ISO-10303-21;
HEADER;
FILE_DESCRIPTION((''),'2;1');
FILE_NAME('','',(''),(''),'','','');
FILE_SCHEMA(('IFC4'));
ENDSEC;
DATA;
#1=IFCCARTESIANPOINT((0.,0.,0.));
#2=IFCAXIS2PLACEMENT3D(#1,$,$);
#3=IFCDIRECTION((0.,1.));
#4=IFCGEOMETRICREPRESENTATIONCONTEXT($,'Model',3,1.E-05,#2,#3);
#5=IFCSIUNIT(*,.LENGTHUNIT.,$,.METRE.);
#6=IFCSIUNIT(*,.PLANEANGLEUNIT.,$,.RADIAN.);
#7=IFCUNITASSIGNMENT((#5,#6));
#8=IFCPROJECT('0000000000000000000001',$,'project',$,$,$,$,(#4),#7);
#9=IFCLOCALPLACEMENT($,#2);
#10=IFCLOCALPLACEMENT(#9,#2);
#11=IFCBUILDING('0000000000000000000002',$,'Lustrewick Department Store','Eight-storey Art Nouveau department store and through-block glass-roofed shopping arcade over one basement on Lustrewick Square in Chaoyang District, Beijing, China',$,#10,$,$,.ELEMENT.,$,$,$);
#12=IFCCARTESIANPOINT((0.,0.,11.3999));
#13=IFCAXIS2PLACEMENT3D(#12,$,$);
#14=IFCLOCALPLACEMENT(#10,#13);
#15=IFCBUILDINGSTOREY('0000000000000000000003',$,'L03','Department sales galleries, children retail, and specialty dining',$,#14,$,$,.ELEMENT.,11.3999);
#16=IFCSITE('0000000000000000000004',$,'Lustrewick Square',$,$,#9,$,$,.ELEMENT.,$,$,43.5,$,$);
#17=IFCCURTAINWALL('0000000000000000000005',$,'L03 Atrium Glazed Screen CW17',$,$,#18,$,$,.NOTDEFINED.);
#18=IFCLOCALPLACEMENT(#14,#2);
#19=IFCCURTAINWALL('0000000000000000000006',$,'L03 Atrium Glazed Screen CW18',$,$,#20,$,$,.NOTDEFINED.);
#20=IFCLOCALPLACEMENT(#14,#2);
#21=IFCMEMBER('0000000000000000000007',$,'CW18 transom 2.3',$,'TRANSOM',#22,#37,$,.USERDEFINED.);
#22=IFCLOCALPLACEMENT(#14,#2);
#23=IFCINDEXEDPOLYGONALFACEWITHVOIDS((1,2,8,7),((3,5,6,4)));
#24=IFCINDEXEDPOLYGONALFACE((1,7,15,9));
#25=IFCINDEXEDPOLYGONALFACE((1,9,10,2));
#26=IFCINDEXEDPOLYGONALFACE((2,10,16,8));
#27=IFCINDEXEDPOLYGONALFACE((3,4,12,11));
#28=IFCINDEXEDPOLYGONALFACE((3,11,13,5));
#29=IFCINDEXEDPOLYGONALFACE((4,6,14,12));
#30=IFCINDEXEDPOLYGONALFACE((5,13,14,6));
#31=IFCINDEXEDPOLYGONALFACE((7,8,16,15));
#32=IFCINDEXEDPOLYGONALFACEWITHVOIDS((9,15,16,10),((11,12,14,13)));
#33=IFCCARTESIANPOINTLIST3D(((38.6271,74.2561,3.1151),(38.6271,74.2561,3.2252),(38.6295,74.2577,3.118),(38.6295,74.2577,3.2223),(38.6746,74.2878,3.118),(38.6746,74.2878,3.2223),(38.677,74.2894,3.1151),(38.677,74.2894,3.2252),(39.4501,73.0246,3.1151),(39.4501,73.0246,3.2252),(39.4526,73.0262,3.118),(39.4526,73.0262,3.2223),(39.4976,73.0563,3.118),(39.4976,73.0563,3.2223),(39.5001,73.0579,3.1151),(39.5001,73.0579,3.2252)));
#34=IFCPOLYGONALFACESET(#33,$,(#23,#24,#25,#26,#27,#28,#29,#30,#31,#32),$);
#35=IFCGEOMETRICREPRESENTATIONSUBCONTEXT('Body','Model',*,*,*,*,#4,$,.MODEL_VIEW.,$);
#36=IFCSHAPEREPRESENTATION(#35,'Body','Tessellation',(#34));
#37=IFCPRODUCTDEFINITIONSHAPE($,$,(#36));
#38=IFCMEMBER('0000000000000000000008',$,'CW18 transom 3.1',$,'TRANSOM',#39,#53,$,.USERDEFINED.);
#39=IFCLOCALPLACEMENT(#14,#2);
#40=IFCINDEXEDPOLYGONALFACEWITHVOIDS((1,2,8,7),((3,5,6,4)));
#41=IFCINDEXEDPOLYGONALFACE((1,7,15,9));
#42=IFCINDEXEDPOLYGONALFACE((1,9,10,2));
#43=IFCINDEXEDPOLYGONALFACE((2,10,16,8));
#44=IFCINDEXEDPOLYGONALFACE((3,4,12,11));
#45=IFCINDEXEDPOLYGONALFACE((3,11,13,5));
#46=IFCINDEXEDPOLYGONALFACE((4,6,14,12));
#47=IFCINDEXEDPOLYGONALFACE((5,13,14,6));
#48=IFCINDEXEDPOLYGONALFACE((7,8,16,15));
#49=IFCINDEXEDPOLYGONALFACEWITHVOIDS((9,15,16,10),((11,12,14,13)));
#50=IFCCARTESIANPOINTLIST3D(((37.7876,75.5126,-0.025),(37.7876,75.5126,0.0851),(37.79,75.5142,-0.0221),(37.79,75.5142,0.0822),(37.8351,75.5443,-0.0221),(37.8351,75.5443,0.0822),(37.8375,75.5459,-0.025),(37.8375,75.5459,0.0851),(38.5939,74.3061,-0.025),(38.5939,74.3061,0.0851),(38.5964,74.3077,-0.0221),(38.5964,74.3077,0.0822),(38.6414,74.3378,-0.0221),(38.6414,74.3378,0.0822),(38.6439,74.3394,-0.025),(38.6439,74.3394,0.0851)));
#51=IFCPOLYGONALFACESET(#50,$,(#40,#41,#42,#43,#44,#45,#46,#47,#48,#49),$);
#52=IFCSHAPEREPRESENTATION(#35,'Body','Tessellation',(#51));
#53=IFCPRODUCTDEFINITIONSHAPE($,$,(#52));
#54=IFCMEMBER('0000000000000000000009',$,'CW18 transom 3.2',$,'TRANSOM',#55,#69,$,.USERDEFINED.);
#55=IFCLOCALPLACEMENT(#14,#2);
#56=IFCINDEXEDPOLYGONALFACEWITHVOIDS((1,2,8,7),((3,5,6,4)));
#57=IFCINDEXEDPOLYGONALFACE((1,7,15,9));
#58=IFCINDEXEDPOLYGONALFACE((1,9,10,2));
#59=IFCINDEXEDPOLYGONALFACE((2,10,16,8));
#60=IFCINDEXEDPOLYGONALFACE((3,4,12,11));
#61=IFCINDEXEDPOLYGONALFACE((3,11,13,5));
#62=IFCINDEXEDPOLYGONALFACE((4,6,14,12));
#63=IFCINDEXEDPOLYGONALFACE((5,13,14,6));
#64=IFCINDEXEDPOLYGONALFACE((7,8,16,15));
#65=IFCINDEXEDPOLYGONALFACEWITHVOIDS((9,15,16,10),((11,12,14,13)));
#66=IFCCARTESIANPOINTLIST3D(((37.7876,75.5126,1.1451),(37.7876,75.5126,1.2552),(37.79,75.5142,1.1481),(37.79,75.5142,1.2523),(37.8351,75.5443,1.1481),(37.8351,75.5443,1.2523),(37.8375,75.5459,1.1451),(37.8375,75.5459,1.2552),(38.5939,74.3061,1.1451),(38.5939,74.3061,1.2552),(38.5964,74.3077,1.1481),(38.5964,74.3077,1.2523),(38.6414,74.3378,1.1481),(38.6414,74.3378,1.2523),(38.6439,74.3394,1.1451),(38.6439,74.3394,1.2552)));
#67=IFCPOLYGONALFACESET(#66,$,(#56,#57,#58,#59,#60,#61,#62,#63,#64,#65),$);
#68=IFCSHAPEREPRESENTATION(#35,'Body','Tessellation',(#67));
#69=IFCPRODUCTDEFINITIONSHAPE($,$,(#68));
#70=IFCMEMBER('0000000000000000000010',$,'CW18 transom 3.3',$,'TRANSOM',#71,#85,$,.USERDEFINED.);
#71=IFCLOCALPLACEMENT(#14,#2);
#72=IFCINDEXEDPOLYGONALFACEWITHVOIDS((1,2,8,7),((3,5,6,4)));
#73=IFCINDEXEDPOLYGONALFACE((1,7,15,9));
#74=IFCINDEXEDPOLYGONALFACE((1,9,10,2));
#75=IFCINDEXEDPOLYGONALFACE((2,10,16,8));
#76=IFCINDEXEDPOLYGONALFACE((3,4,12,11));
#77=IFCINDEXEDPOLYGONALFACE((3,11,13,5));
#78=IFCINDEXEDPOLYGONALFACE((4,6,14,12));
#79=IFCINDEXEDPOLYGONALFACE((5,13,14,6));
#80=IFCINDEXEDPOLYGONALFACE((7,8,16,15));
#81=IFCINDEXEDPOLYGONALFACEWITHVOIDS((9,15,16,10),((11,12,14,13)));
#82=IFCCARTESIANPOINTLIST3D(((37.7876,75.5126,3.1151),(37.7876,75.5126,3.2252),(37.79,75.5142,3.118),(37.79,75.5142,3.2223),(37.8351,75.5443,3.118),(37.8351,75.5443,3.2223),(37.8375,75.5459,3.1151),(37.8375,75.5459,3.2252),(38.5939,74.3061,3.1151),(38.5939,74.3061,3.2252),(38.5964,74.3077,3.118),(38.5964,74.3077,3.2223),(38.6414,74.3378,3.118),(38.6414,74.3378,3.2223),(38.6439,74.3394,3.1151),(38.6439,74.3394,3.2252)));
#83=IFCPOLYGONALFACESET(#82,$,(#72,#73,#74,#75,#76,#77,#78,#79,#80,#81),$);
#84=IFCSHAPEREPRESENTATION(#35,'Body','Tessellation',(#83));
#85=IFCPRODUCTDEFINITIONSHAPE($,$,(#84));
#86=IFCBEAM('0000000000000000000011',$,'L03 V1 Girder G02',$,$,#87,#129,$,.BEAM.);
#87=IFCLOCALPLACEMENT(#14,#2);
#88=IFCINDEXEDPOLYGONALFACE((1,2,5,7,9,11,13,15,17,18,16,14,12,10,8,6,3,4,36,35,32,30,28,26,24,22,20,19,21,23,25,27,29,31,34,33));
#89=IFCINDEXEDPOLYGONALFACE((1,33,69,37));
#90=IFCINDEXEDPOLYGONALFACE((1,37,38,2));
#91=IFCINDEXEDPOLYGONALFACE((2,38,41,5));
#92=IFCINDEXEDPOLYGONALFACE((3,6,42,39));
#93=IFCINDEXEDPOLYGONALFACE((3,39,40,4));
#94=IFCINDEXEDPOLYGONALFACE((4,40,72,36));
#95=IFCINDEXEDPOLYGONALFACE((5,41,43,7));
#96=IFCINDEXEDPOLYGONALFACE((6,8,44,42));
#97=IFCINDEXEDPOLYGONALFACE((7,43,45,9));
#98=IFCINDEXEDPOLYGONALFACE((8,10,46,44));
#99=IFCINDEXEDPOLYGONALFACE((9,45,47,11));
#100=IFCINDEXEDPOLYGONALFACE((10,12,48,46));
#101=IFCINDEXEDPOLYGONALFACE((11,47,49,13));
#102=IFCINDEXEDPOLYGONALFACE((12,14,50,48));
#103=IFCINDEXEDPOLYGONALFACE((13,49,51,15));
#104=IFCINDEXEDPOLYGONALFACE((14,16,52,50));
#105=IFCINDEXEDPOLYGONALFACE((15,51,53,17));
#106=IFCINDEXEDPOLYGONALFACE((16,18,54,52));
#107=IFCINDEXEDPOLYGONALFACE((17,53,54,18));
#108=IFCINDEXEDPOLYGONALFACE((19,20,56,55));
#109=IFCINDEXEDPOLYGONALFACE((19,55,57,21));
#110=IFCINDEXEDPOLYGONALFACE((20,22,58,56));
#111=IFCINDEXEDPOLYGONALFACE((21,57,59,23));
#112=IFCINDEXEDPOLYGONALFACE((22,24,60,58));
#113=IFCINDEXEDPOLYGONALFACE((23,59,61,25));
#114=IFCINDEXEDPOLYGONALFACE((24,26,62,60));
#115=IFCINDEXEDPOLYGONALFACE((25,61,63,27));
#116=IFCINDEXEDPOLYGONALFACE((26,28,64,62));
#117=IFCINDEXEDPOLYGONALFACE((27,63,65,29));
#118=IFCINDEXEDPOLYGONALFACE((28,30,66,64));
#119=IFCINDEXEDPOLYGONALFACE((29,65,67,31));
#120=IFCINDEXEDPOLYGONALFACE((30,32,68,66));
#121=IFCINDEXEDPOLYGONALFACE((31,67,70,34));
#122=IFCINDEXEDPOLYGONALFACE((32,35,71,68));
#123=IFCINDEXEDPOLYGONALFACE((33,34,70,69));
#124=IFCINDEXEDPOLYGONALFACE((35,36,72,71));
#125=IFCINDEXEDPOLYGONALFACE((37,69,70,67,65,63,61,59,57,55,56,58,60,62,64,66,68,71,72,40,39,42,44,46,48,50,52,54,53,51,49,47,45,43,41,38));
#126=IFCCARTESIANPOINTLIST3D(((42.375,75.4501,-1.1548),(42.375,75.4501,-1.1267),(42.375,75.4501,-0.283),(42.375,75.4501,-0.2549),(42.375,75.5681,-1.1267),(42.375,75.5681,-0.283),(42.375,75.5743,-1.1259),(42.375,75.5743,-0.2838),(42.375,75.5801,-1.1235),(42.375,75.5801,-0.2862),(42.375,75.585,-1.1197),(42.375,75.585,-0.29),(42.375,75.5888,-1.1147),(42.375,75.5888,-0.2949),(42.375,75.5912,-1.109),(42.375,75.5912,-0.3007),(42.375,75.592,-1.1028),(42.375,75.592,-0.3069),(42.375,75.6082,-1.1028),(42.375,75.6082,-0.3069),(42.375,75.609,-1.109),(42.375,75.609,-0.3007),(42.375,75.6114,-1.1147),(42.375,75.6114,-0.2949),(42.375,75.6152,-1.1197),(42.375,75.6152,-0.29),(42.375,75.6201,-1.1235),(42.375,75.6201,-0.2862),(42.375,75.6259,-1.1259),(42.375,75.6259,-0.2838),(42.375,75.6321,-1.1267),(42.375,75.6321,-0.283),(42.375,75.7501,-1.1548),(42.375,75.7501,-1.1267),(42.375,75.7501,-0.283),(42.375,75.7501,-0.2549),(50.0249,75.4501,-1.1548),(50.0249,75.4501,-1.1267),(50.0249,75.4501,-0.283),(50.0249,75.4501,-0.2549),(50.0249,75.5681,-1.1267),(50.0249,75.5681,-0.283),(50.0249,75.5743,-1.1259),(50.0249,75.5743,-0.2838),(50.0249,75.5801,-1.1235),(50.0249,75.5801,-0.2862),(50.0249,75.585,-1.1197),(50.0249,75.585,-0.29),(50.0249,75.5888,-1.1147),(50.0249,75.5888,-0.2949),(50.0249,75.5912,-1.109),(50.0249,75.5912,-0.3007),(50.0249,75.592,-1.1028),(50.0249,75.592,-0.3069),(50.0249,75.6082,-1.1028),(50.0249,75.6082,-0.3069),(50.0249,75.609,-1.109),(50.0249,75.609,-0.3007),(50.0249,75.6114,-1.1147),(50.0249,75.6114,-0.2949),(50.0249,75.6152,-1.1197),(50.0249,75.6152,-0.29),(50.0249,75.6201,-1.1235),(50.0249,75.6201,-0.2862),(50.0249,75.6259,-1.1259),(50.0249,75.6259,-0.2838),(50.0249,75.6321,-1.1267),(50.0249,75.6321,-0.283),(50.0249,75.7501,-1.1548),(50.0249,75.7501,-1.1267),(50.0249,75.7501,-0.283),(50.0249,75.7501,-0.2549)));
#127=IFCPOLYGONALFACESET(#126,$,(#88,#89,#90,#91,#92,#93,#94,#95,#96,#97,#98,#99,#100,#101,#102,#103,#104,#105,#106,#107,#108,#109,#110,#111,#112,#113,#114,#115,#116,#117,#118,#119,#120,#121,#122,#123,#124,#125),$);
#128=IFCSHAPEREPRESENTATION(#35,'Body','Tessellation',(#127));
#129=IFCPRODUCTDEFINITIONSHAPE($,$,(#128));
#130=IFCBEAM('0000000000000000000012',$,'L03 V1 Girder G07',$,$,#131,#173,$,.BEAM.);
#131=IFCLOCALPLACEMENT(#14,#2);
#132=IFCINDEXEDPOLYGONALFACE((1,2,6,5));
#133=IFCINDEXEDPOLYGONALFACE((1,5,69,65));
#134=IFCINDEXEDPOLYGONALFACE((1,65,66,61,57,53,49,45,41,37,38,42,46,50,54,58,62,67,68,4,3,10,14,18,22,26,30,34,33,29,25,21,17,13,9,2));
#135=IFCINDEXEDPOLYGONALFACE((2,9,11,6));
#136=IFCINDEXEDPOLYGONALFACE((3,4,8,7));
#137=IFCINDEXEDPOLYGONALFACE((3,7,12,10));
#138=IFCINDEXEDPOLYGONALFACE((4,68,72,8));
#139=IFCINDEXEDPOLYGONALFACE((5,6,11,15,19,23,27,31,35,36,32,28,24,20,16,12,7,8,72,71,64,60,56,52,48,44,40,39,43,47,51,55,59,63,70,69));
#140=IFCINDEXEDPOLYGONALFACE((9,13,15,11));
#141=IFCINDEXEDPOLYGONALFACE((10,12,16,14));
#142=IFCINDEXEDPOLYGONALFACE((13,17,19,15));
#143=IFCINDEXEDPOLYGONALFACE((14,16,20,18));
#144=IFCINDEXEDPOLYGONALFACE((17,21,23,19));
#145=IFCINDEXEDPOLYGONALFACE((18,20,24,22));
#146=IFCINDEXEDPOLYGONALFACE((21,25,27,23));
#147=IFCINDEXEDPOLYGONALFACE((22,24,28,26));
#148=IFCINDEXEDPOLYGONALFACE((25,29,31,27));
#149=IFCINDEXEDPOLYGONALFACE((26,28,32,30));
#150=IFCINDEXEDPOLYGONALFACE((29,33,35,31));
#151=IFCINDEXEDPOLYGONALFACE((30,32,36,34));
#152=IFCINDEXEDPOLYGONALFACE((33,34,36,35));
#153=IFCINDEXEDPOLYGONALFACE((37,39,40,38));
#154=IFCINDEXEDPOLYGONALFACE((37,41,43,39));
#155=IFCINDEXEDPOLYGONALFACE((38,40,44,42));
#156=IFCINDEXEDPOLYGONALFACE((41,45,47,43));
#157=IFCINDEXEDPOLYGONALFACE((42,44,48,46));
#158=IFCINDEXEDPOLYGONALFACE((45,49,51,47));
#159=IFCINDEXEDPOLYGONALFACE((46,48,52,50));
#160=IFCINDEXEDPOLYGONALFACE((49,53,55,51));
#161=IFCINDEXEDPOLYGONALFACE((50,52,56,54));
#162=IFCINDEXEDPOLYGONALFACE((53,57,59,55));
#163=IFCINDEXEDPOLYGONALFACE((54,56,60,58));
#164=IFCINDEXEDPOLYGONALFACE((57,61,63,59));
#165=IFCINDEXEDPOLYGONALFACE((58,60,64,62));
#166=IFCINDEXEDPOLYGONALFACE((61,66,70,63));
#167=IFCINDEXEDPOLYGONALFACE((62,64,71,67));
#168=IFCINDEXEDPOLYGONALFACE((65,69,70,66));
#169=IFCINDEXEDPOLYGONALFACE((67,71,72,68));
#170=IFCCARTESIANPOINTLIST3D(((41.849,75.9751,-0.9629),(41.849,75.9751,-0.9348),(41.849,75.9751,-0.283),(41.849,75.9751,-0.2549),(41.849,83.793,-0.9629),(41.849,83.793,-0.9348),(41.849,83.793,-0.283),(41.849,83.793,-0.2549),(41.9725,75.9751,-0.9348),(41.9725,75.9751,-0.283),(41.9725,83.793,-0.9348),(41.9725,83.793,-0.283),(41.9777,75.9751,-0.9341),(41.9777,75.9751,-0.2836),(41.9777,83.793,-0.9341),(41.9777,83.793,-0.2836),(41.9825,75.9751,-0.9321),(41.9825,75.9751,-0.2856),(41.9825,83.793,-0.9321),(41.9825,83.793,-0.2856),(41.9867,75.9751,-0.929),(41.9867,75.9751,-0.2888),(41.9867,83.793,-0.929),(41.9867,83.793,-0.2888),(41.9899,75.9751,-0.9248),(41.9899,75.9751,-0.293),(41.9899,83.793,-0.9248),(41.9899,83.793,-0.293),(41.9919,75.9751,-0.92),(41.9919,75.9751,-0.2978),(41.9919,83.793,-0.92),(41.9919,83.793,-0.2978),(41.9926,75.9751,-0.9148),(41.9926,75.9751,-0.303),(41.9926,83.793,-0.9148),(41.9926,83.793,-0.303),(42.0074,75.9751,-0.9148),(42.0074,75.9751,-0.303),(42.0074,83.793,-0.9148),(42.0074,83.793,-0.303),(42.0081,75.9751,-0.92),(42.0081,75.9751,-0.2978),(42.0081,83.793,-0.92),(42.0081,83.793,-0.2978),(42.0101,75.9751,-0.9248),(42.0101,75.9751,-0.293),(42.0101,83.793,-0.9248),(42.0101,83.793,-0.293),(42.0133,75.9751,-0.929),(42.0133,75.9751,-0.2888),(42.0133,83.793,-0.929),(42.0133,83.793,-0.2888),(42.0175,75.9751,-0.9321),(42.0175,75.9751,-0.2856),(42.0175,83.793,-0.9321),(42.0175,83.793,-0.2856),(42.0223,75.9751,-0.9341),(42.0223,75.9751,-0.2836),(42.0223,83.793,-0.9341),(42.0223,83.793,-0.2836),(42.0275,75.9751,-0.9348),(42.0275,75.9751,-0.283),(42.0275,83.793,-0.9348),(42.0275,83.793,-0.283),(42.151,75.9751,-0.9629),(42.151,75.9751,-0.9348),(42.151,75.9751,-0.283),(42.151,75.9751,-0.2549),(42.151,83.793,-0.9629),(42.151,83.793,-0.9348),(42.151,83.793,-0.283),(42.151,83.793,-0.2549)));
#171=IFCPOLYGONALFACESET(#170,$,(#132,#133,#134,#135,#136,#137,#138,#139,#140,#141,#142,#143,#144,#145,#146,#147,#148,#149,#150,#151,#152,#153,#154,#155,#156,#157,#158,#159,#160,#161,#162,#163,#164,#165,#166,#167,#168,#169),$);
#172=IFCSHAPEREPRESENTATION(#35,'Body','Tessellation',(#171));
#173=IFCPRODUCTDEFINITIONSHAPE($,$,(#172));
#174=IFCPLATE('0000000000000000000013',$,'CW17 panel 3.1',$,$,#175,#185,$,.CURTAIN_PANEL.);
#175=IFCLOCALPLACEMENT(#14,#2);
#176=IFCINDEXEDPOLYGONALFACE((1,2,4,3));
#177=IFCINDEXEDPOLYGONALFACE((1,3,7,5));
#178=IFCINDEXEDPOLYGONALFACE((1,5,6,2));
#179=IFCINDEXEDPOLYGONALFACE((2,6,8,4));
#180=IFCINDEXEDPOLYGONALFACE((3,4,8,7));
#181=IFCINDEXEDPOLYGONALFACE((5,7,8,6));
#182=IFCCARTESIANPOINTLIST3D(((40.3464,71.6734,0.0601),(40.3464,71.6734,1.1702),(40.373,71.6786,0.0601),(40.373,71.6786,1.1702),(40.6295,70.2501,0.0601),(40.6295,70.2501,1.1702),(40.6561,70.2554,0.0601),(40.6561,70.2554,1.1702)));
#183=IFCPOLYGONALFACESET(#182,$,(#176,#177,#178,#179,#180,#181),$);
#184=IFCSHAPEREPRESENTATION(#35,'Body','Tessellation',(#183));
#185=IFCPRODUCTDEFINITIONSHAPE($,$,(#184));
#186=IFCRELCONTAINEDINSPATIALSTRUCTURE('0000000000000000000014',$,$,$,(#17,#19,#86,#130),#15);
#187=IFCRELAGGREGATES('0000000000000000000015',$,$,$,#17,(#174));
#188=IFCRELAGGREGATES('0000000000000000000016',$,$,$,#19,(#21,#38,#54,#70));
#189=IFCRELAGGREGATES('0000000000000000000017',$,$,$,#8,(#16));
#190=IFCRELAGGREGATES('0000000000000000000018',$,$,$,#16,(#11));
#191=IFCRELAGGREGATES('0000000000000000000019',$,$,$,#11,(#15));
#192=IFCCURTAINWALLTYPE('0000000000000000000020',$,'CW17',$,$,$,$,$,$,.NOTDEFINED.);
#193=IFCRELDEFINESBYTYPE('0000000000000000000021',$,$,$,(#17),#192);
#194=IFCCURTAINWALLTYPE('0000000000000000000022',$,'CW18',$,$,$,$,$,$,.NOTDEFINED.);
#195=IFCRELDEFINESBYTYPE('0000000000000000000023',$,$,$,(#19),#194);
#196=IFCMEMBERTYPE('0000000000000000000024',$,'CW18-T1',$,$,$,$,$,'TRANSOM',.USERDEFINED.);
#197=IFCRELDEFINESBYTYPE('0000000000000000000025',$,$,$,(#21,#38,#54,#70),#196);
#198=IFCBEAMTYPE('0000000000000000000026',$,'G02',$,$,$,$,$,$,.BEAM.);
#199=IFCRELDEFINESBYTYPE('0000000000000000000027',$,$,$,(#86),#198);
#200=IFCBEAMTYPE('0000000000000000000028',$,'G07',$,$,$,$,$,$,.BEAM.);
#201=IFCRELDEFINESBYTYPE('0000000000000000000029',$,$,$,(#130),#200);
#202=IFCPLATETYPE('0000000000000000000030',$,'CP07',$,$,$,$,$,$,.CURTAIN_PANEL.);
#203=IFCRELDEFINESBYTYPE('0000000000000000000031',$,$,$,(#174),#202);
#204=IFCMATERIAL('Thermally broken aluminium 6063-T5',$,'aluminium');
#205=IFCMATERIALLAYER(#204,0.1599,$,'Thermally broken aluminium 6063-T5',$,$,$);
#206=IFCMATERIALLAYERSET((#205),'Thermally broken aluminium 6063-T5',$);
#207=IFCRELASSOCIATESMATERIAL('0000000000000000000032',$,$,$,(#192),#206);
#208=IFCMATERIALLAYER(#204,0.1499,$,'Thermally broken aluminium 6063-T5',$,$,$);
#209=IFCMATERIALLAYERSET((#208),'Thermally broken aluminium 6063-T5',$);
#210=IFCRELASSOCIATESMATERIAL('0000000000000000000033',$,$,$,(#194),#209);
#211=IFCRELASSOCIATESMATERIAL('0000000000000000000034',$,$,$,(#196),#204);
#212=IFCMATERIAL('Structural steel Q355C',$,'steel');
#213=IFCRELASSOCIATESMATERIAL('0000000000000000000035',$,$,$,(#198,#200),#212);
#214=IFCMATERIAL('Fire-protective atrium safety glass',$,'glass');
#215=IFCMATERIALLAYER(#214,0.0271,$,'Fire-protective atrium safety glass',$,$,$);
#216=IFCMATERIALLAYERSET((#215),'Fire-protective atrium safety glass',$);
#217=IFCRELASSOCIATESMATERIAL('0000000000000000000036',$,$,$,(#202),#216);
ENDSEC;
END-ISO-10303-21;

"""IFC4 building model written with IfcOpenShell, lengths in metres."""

from ifc_helpers import new_model, si_unit, direction, frame, origin, origin_2d, place, context, subcontext, project, spatial, rectangle, hollow_rectangle, i_section, extrude, material, layer, layer_set, material_profile, profile_set, type_object, element, aggregate, save


model = new_model("IFC4")

# Units and contexts
model_context = context("Model", 3, precision=1e-05, world=origin(), true_north=direction((0.0, 1.0)))
body_context = subcontext(model_context, "Body", "Model", "MODEL_VIEW")
ifc_project = project(units=[si_unit("LENGTHUNIT", "METRE"), si_unit("PLANEANGLEUNIT", "RADIAN")], contexts=[model_context])

# Site, building, storey
site_placement = place(None, origin())
site = spatial("IfcSite", under=ifc_project, at=site_placement, Name="Lustrewick Square", CompositionType="ELEMENT", RefElevation=43.5)
building_placement = place(site_placement, origin())
building = spatial("IfcBuilding", under=site, at=building_placement, Name="Lustrewick Department Store", Description="Eight-storey Art Nouveau department store and through-block glass-roofed shopping arcade over one basement on Lustrewick Square in Chaoyang District, Beijing, China", CompositionType="ELEMENT")
storey_placement = place(building_placement, frame((0.0, 0.0, 11.3999)))
storey = spatial("IfcBuildingStorey", under=building, at=storey_placement, Name="L03", Description="Department sales galleries, children retail, and specialty dining", CompositionType="ELEMENT", Elevation=11.3999)

# Shared definitions
ifc_material_1 = material(Name="Thermally broken aluminium 6063-T5", Category="aluminium")

# Curtain walls, members
ifc_layer_1 = layer(ifc_material_1, 0.1599, Name="Thermally broken aluminium 6063-T5")
ifc_layer_set_1 = layer_set([ifc_layer_1], Name="Thermally broken aluminium 6063-T5")
curtain_wall_type_1 = type_object("IfcCurtainWallType", Name="CW17", PredefinedType="NOTDEFINED", material=ifc_layer_set_1)
curtain_wall_1_placement = place(storey_placement, origin())
curtain_wall_1 = element("IfcCurtainWall", 1, at=curtain_wall_1_placement, inside=storey, type_object=curtain_wall_type_1, Name="L03 Atrium Glazed Screen CW17", PredefinedType="NOTDEFINED")
ifc_layer_2 = layer(ifc_material_1, 0.1499, Name="Thermally broken aluminium 6063-T5")
ifc_layer_set_2 = layer_set([ifc_layer_2], Name="Thermally broken aluminium 6063-T5")
curtain_wall_type_2 = type_object("IfcCurtainWallType", Name="CW18", PredefinedType="NOTDEFINED", material=ifc_layer_set_2)
curtain_wall_2_placement = place(storey_placement, origin())
curtain_wall_2 = element("IfcCurtainWall", 2, at=curtain_wall_2_placement, inside=storey, type_object=curtain_wall_type_2, Name="L03 Atrium Glazed Screen CW18", PredefinedType="NOTDEFINED")
ifc_material_profile_1 = material_profile(ifc_material_1, hollow_rectangle(XDim=0.0601, YDim=0.1101, WallThickness=0.0029, at=origin_2d()), Name="ALU-T 60x110x3")
ifc_profile_set_1 = profile_set([ifc_material_profile_1], Name="Thermally broken aluminium 6063-T5")
member_type_1 = type_object("IfcMemberType", Name="CW18-T1", ElementType="TRANSOM", PredefinedType="USERDEFINED", material=ifc_profile_set_1)
member_1_placement = place(storey_placement, frame((39.4751, 73.0413, 3.1702), z_axis=(-0.555651, 0.831416, 0.0), x_axis=(-0.831416, -0.555651, 0.0)))
member_1 = element("IfcMember", 3, at=member_1_placement, type_object=member_type_1, Name="CW18 transom 2.3", ObjectType="TRANSOM", PredefinedType="USERDEFINED", context=body_context, shape_type="SweptSolid", body=[
    extrude(hollow_rectangle(XDim=0.0601, YDim=0.1101, WallThickness=0.0029, at=origin_2d()), origin(), (0.0, 0.0, 1.0), 1.4812),
])
member_2_placement = place(storey_placement, frame((38.6189, 74.3228, 0.03), z_axis=(-0.55567, 0.831403, 0.0), x_axis=(-0.831403, -0.55567, 0.0)))
member_2 = element("IfcMember", 4, at=member_2_placement, type_object=member_type_1, Name="CW18 transom 3.1", ObjectType="TRANSOM", PredefinedType="USERDEFINED", context=body_context, shape_type="SweptSolid", body=[
    extrude(hollow_rectangle(XDim=0.0601, YDim=0.1101, WallThickness=0.0029, at=origin_2d()), origin(), (0.0, 0.0, 1.0), 1.4512),
])
member_3_placement = place(storey_placement, frame((38.6189, 74.3228, 1.2002), z_axis=(-0.55567, 0.831403, 0.0), x_axis=(-0.831403, -0.55567, 0.0)))
member_3 = element("IfcMember", 5, at=member_3_placement, type_object=member_type_1, Name="CW18 transom 3.2", ObjectType="TRANSOM", PredefinedType="USERDEFINED", context=body_context, shape_type="SweptSolid", body=[
    extrude(hollow_rectangle(XDim=0.0601, YDim=0.1101, WallThickness=0.0029, at=origin_2d()), origin(), (0.0, 0.0, 1.0), 1.4512),
])
member_4_placement = place(storey_placement, frame((38.6189, 74.3228, 3.1702), z_axis=(-0.55567, 0.831403, 0.0), x_axis=(-0.831403, -0.55567, 0.0)))
member_4 = element("IfcMember", 6, at=member_4_placement, type_object=member_type_1, Name="CW18 transom 3.3", ObjectType="TRANSOM", PredefinedType="USERDEFINED", context=body_context, shape_type="SweptSolid", body=[
    extrude(hollow_rectangle(XDim=0.0601, YDim=0.1101, WallThickness=0.0029, at=origin_2d()), origin(), (0.0, 0.0, 1.0), 1.4512),
])

# Beams
ifc_material_2 = material(Name="Structural steel Q355C", Category="steel")
ifc_material_profile_2 = material_profile(ifc_material_2, i_section(OverallWidth=0.3, OverallDepth=0.8999, WebThickness=0.0161, FlangeThickness=0.0281, FilletRadius=0.0239, at=origin_2d()), Name="HN 900x300x16x28")
ifc_profile_set_2 = profile_set([ifc_material_profile_2], Name="Structural steel Q355C")
beam_type_1 = type_object("IfcBeamType", Name="G02", PredefinedType="BEAM", material=ifc_profile_set_2)
beam_1_placement = place(storey_placement, frame((42.375, 75.6001, -0.7048), z_axis=(1.0, 0.0, 0.0), x_axis=(0.0, 1.0, 0.0)))
element("IfcBeam", 7, at=beam_1_placement, inside=storey, type_object=beam_type_1, Name="L03 V1 Girder G02", PredefinedType="BEAM", context=body_context, shape_type="SweptSolid", body=[
    extrude(i_section(OverallWidth=0.3, OverallDepth=0.8999, WebThickness=0.0161, FlangeThickness=0.0281, FilletRadius=0.0239, at=origin_2d()), origin(), (0.0, 0.0, 1.0), 7.6499),
])
ifc_material_profile_3 = material_profile(ifc_material_2, i_section(OverallWidth=0.302, OverallDepth=0.708, WebThickness=0.0149, FlangeThickness=0.0281, FilletRadius=0.02, at=origin_2d()), Name="HN 708x302x15x28")
ifc_profile_set_3 = profile_set([ifc_material_profile_3], Name="Structural steel Q355C")
beam_type_2 = type_object("IfcBeamType", Name="G07", PredefinedType="BEAM", material=ifc_profile_set_3)
beam_2_placement = place(storey_placement, frame((42.0, 75.9751, -0.6089), z_axis=(0.0, 1.0, 0.0), x_axis=(-1.0, 0.0, 0.0)))
element("IfcBeam", 8, at=beam_2_placement, inside=storey, type_object=beam_type_2, Name="L03 V1 Girder G07", PredefinedType="BEAM", context=body_context, shape_type="SweptSolid", body=[
    extrude(i_section(OverallWidth=0.302, OverallDepth=0.708, WebThickness=0.0149, FlangeThickness=0.0281, FilletRadius=0.02, at=origin_2d()), origin(), (0.0, 0.0, 1.0), 7.8179),
])

# Plate
ifc_material_3 = material(Name="Fire-protective atrium safety glass", Category="glass")
ifc_layer_3 = layer(ifc_material_3, 0.0271, Name="Fire-protective atrium safety glass")
ifc_layer_set_3 = layer_set([ifc_layer_3], Name="Fire-protective atrium safety glass")
plate_type_1 = type_object("IfcPlateType", Name="CP07", PredefinedType="CURTAIN_PANEL", material=ifc_layer_set_3)
plate_1_placement = place(storey_placement, frame((40.5012, 70.9644, 0.0601), z_axis=(0.0, 0.0, 1.0), x_axis=(-0.195085, 0.980786, 0.0)))
plate_1 = element("IfcPlate", 9, at=plate_1_placement, type_object=plate_type_1, Name="CW17 panel 3.1", PredefinedType="CURTAIN_PANEL", context=body_context, shape_type="SweptSolid", body=[
    extrude(rectangle(XDim=1.4512, YDim=0.0271, at=origin_2d()), origin(), (0.0, 0.0, 1.0), 1.1101),
])
aggregate(curtain_wall_1, [plate_1])
aggregate(curtain_wall_2, [member_1, member_2, member_3, member_4])

save(model, "model.ifc")
